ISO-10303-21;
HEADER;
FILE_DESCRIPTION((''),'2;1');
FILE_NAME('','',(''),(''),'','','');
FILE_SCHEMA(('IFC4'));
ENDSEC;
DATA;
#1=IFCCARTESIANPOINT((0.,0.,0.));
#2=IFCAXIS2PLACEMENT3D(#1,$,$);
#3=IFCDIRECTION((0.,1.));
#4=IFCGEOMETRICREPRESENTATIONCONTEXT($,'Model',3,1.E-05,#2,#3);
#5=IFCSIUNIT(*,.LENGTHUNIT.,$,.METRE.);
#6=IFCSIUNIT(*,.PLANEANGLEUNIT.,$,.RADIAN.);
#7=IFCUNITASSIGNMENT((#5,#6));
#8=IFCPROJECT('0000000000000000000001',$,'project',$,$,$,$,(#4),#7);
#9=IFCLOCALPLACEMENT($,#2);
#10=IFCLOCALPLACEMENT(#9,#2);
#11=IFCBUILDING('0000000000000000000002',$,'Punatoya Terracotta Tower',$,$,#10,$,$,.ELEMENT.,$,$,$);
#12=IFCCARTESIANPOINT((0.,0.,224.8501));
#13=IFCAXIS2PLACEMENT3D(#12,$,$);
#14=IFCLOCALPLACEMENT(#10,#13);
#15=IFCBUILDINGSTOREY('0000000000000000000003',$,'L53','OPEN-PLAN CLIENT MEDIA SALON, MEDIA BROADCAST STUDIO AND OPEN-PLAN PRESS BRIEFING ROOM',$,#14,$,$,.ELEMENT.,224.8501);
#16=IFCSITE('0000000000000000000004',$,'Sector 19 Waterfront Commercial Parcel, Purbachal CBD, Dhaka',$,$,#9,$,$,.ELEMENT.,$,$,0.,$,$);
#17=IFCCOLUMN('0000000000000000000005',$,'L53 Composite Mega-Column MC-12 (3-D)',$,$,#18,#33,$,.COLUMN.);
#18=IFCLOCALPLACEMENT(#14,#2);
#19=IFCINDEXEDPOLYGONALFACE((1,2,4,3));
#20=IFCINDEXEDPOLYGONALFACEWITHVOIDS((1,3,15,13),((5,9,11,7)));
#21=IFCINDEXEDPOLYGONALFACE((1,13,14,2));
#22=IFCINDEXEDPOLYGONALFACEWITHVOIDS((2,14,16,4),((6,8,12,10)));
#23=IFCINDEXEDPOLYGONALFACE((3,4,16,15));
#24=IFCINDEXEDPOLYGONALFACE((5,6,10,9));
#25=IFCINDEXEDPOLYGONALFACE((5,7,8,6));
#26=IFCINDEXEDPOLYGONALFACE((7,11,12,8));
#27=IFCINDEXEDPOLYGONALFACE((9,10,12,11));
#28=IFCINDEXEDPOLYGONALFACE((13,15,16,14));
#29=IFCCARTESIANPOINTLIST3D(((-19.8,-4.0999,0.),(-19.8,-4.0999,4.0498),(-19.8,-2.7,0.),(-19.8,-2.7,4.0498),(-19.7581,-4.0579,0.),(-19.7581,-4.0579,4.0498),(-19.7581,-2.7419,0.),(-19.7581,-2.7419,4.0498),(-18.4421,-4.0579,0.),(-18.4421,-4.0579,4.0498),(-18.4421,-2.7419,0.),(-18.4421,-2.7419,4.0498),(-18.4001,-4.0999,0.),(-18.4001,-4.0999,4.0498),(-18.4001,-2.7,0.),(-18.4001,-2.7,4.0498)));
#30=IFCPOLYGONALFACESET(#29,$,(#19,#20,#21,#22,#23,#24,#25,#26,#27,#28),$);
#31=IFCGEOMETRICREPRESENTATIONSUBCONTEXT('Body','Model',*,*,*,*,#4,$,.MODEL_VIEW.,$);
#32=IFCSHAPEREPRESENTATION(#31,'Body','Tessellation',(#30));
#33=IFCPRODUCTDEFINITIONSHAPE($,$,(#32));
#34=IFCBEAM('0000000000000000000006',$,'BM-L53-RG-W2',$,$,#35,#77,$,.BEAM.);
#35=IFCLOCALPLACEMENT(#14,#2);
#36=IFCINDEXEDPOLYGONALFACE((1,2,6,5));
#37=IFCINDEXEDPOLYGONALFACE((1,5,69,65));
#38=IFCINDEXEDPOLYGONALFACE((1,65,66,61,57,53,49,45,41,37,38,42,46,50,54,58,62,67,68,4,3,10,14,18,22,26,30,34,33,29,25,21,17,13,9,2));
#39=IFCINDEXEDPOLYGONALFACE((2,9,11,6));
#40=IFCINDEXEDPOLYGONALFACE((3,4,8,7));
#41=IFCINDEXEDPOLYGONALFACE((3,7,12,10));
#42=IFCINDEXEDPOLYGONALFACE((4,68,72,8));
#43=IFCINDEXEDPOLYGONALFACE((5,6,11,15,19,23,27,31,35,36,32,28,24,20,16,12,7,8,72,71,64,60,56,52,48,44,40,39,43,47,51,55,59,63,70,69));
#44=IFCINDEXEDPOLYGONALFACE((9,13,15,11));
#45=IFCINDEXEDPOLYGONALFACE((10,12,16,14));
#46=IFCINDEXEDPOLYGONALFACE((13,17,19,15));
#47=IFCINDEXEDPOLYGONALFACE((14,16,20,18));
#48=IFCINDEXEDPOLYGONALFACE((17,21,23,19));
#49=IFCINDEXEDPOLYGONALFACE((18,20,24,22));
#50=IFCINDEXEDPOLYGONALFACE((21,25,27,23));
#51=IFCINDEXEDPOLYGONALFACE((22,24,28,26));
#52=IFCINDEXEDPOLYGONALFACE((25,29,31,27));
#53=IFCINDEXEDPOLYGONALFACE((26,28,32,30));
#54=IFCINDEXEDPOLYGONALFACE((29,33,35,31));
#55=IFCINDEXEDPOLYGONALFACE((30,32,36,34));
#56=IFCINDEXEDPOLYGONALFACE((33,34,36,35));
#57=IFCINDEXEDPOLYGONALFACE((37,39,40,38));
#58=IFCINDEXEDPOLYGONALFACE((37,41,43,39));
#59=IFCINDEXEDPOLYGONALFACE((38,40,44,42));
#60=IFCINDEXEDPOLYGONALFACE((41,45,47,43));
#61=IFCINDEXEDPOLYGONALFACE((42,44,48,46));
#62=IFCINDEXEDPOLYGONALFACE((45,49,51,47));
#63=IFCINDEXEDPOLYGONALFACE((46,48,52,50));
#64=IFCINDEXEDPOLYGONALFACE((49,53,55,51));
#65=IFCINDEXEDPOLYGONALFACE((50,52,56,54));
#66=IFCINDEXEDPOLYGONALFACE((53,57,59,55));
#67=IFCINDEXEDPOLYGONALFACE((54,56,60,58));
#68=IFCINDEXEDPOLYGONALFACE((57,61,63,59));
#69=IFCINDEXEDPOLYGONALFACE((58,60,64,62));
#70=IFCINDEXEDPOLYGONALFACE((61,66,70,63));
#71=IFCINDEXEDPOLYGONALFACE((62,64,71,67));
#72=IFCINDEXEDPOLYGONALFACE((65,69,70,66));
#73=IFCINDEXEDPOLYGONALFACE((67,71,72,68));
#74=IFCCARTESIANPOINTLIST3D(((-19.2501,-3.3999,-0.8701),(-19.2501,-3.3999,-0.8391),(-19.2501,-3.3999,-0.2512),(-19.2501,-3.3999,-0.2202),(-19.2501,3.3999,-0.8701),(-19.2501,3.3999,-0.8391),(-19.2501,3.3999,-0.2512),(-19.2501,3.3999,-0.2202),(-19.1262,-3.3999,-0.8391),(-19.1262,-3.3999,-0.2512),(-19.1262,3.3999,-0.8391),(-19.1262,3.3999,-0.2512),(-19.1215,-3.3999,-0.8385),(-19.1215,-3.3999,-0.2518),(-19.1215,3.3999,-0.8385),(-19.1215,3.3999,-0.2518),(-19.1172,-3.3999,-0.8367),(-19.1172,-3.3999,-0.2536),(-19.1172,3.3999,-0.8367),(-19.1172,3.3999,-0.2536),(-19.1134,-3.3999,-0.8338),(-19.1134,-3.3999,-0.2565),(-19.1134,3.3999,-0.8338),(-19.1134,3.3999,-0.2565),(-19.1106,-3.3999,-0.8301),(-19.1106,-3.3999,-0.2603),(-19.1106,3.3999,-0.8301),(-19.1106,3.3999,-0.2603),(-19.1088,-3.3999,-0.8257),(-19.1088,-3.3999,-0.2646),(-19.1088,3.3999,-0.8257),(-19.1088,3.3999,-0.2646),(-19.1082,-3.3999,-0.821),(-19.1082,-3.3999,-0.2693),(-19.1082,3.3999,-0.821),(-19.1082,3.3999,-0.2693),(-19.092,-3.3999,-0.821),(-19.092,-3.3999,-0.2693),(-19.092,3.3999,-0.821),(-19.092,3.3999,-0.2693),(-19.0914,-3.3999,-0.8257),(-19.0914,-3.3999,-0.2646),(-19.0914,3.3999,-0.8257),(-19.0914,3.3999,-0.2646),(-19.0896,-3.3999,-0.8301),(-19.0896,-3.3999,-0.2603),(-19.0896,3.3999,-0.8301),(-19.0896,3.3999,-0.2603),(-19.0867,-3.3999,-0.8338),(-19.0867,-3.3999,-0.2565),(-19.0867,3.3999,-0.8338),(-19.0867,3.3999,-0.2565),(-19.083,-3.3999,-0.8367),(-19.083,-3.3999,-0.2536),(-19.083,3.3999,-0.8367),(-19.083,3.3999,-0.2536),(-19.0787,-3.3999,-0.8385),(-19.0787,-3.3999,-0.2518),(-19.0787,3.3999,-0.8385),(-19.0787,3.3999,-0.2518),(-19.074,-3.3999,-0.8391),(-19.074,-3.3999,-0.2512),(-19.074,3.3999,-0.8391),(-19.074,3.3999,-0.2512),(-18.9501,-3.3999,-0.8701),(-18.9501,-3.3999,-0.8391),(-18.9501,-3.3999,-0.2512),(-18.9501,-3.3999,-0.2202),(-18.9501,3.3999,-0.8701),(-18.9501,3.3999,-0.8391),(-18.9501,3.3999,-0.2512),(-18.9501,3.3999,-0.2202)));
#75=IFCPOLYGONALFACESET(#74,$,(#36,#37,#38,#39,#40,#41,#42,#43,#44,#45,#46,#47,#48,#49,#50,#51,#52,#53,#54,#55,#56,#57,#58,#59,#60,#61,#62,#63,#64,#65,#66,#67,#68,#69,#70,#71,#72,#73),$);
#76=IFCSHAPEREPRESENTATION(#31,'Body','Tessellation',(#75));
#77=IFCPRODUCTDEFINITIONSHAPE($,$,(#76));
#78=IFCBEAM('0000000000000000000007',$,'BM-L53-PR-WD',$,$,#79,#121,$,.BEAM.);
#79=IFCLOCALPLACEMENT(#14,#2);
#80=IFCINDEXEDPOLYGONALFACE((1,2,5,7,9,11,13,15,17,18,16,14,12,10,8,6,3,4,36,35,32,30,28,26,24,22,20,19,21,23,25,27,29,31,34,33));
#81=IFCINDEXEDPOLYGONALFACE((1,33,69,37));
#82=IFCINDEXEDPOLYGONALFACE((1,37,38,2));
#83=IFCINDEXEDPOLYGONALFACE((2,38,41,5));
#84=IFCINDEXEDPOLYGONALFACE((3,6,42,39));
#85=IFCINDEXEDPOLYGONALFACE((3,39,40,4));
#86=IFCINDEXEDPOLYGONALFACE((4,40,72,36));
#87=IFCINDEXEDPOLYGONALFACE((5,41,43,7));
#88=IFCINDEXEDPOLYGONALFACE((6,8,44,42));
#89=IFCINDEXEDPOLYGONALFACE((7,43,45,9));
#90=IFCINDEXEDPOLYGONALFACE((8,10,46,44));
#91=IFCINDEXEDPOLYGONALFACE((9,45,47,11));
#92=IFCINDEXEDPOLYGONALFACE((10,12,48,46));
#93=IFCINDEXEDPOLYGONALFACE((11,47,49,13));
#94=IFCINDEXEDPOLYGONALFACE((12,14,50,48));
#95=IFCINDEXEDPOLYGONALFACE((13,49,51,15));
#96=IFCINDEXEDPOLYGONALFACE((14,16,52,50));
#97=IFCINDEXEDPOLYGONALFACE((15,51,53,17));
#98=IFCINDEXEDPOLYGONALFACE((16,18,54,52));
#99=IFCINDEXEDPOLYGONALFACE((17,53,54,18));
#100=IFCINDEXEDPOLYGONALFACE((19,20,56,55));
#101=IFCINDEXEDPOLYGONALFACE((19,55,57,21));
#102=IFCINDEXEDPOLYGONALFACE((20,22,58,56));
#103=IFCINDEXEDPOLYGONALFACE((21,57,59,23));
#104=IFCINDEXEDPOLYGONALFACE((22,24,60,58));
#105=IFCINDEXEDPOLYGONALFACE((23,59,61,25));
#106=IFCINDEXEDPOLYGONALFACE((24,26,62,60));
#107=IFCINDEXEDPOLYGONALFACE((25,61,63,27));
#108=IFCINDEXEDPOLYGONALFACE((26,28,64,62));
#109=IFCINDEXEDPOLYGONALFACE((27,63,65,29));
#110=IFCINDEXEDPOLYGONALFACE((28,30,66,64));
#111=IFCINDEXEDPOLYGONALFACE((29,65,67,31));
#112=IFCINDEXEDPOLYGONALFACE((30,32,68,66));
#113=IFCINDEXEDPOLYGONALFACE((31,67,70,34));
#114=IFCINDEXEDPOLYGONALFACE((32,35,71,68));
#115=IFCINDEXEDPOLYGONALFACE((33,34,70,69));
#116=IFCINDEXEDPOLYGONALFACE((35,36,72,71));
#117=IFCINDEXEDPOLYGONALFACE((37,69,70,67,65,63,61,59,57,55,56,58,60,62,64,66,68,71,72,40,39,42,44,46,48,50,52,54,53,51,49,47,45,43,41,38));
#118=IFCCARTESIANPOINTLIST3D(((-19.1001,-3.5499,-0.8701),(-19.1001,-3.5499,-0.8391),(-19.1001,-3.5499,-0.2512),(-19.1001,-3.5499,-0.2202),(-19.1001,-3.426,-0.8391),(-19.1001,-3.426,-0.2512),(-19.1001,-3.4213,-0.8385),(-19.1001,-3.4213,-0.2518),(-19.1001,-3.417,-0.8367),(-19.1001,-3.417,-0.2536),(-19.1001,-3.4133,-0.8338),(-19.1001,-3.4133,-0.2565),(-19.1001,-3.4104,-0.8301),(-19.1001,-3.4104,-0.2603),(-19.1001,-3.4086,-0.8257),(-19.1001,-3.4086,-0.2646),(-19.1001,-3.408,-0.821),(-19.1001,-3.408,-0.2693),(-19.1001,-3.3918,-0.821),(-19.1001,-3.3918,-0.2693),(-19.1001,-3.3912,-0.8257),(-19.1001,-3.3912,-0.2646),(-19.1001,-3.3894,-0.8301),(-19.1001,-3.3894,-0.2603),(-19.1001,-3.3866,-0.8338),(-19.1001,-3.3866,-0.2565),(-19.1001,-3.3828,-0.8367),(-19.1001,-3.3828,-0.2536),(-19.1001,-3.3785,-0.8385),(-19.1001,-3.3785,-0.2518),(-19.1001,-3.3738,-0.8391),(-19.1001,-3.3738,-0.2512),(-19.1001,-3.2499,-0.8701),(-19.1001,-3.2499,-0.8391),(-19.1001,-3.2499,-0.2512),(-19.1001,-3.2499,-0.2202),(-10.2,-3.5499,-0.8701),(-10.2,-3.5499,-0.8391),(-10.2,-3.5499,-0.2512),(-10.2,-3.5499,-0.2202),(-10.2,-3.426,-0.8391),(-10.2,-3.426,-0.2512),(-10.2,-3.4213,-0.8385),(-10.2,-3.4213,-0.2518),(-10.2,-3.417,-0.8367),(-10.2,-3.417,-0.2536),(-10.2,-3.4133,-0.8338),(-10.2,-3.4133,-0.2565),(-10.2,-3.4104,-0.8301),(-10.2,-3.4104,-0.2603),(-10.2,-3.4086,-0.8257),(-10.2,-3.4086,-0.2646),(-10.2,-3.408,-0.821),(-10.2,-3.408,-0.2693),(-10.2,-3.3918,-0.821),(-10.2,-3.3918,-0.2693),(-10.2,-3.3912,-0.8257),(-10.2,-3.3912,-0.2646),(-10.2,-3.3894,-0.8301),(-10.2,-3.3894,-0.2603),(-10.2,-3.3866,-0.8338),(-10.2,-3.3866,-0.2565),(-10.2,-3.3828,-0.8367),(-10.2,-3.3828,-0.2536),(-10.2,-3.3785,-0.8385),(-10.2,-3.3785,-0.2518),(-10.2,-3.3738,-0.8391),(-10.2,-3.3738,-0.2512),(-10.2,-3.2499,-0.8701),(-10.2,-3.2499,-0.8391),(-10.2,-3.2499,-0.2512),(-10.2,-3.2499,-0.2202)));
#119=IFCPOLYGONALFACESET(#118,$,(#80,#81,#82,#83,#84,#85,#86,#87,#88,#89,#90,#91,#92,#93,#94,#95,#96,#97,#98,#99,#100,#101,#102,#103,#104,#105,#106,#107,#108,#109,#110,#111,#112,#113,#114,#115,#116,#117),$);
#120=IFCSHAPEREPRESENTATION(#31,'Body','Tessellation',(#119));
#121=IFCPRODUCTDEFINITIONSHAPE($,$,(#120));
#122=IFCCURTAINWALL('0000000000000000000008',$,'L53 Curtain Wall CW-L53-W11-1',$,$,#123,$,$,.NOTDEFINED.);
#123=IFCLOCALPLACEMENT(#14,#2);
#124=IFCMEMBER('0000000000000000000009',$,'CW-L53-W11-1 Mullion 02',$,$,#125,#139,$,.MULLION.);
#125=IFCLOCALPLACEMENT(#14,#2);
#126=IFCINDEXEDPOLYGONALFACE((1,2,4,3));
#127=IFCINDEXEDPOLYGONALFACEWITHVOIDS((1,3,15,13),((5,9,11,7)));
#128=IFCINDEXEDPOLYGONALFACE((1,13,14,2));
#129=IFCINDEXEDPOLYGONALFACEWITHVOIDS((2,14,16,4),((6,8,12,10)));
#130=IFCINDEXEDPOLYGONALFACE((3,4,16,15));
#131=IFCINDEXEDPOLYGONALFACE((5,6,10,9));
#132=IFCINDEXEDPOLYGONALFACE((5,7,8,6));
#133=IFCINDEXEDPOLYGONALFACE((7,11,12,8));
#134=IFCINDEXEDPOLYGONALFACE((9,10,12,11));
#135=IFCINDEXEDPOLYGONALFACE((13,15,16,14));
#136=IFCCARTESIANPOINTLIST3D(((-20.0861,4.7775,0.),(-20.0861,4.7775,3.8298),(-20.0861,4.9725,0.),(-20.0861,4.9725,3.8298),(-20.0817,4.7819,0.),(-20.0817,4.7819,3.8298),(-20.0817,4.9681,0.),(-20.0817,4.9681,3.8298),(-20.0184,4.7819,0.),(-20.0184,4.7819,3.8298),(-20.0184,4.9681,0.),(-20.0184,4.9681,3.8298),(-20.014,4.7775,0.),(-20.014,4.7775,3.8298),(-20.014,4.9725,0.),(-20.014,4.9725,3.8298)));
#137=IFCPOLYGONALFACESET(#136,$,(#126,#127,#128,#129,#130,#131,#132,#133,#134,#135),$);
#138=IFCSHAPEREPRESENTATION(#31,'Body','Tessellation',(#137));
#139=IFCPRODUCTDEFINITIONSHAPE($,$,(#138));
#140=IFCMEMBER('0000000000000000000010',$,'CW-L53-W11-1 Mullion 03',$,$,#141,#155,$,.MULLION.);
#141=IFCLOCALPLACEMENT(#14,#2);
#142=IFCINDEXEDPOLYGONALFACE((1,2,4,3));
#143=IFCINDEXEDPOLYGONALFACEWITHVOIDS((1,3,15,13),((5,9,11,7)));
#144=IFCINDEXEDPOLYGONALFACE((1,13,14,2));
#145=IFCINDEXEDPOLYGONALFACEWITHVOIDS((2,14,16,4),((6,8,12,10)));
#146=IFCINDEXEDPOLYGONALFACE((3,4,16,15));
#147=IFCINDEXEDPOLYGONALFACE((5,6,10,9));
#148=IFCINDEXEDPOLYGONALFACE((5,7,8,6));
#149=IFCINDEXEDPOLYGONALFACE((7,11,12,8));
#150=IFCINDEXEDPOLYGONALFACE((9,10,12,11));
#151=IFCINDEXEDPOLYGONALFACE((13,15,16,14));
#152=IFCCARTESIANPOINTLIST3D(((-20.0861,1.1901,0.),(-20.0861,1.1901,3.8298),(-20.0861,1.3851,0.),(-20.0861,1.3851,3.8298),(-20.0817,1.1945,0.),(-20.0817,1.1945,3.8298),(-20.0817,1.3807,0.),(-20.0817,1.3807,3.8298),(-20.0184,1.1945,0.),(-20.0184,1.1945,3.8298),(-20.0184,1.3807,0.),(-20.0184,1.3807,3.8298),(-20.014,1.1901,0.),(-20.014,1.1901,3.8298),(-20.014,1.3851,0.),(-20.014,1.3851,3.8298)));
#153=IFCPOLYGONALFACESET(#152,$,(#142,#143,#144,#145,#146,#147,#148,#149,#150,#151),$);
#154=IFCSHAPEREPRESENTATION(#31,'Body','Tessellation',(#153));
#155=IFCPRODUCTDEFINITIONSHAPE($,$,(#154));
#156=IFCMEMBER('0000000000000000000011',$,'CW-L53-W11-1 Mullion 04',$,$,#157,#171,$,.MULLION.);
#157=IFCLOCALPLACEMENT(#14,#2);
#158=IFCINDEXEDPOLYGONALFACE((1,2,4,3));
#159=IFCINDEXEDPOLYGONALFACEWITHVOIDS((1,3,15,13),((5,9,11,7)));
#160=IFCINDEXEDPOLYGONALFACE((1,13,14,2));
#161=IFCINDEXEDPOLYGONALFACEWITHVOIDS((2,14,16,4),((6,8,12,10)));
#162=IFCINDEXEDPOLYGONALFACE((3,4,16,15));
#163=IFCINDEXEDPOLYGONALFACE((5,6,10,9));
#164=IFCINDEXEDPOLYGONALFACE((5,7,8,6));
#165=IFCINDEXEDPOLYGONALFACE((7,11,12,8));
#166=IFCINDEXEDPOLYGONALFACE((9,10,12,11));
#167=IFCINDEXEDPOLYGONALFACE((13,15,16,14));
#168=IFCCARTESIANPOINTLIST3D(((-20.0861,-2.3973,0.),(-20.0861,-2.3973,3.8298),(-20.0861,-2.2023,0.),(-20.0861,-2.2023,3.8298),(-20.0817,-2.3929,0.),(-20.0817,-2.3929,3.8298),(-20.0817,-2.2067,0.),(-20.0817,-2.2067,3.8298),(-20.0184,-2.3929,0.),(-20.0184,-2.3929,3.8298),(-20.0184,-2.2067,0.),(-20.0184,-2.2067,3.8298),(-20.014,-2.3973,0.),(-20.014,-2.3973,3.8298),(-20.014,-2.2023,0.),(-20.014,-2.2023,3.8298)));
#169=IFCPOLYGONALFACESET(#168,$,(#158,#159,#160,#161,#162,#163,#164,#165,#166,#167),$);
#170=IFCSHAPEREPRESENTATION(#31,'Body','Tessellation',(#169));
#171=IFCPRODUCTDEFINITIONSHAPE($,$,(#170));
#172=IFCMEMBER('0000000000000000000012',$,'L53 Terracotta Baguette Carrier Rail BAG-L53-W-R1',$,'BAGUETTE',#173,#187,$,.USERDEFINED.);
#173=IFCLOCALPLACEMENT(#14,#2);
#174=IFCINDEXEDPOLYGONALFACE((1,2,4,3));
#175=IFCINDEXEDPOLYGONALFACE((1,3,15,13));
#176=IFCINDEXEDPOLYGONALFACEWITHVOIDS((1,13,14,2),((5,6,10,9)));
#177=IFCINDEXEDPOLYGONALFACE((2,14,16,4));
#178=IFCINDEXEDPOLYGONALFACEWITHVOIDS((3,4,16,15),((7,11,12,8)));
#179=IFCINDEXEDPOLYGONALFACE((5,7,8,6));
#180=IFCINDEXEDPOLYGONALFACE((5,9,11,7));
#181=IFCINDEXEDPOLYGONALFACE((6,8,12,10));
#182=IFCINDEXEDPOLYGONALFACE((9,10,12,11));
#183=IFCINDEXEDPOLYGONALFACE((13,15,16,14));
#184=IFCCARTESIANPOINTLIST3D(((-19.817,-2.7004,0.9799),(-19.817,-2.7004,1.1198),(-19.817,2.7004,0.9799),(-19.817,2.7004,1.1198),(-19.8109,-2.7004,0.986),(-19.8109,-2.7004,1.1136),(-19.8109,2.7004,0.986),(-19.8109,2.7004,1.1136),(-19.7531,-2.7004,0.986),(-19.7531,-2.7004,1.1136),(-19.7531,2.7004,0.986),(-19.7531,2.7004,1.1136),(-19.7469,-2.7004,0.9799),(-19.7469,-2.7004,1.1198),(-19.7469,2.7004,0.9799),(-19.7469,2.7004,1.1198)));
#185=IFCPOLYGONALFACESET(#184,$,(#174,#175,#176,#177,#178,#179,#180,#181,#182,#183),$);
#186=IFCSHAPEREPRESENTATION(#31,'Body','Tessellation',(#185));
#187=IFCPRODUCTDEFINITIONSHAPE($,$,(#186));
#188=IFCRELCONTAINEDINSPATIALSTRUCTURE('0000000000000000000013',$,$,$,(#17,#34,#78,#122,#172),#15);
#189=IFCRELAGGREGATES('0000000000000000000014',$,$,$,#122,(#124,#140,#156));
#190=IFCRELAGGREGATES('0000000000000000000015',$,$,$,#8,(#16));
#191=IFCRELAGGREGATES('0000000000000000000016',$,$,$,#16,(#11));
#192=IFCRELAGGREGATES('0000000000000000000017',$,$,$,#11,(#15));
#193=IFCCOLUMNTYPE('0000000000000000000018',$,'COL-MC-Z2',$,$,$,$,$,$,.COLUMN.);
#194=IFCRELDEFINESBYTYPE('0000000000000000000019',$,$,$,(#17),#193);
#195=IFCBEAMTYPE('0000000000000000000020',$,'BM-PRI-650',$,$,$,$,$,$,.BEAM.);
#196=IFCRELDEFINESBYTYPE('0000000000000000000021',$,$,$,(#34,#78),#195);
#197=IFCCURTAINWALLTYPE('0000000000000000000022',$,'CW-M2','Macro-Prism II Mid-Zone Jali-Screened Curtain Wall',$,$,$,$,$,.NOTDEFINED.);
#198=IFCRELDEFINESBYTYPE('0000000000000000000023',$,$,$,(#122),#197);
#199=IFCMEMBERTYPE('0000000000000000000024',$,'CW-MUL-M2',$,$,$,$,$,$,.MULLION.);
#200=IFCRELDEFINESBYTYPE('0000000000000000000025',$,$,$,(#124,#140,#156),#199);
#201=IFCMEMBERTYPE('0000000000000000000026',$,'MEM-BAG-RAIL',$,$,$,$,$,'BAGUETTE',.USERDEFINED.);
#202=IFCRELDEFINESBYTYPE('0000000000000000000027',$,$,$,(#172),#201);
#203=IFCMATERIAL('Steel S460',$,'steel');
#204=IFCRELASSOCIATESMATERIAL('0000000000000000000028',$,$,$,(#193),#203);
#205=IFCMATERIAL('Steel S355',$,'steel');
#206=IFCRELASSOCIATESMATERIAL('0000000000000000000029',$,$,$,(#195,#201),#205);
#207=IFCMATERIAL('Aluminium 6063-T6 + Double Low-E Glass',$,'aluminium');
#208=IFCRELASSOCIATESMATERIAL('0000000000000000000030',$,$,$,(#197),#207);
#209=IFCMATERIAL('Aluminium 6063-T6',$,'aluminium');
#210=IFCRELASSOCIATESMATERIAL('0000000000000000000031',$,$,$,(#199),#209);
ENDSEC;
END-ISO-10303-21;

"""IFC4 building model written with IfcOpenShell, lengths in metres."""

from ifc_helpers import new_model, si_unit, direction, frame, origin, origin_2d, place, context, subcontext, project, spatial, hollow_rectangle, i_section, extrude, material, material_profile, profile_set, type_object, element, aggregate, save


model = new_model("IFC4")

# Units and contexts
model_context = context("Model", 3, precision=1e-05, world=origin(), true_north=direction((0.0, 1.0)))
body_context = subcontext(model_context, "Body", "Model", "MODEL_VIEW")
ifc_project = project(units=[si_unit("LENGTHUNIT", "METRE"), si_unit("PLANEANGLEUNIT", "RADIAN")], contexts=[model_context])

# Site, building, storey
site_placement = place(None, origin())
site = spatial("IfcSite", under=ifc_project, at=site_placement, Name="Sector 19 Waterfront Commercial Parcel, Purbachal CBD, Dhaka", CompositionType="ELEMENT", RefElevation=0.0)
building_placement = place(site_placement, origin())
building = spatial("IfcBuilding", under=site, at=building_placement, Name="Punatoya Terracotta Tower", CompositionType="ELEMENT")
storey_placement = place(building_placement, frame((0.0, 0.0, 224.8501)))
storey = spatial("IfcBuildingStorey", under=building, at=storey_placement, Name="L53", Description="OPEN-PLAN CLIENT MEDIA SALON, MEDIA BROADCAST STUDIO AND OPEN-PLAN PRESS BRIEFING ROOM", CompositionType="ELEMENT", Elevation=224.8501)

# Column
ifc_material_1 = material(Name="Steel S460", Category="steel")
ifc_material_profile_1 = material_profile(ifc_material_1, hollow_rectangle(XDim=1.3999, YDim=1.3999, WallThickness=0.042, at=origin_2d()))
ifc_profile_set_1 = profile_set([ifc_material_profile_1], Name="Steel S460")
column_type = type_object("IfcColumnType", Name="COL-MC-Z2", PredefinedType="COLUMN", material=ifc_profile_set_1)
column_placement = place(storey_placement, frame((-19.1001, -3.3999, 0.0), z_axis=(0.0, 0.0, 1.0), x_axis=(1.0, 0.0, 0.0)))
element("IfcColumn", 1, at=column_placement, inside=storey, type_object=column_type, Name="L53 Composite Mega-Column MC-12 (3-D)", PredefinedType="COLUMN", context=body_context, shape_type="SweptSolid", body=[
    extrude(hollow_rectangle(XDim=1.3999, YDim=1.3999, WallThickness=0.042, at=origin_2d()), origin(), (0.0, 0.0, 1.0), 4.0498),
])

# Beams
ifc_material_2 = material(Name="Steel S355", Category="steel")
ifc_material_profile_2 = material_profile(ifc_material_2, i_section(OverallWidth=0.3, OverallDepth=0.6499, WebThickness=0.0161, FlangeThickness=0.031, FilletRadius=0.0181, at=origin_2d()))
ifc_profile_set_2 = profile_set([ifc_material_profile_2], Name="Steel S355")
beam_type = type_object("IfcBeamType", Name="BM-PRI-650", PredefinedType="BEAM", material=ifc_profile_set_2)
beam_1_placement = place(storey_placement, frame((-19.1001, -3.3999, -0.5452), z_axis=(0.0, 1.0, 0.0), x_axis=(-1.0, 0.0, 0.0)))
element("IfcBeam", 2, at=beam_1_placement, inside=storey, type_object=beam_type, Name="BM-L53-RG-W2", PredefinedType="BEAM", context=body_context, shape_type="SweptSolid", body=[
    extrude(i_section(OverallWidth=0.3, OverallDepth=0.6499, WebThickness=0.0161, FlangeThickness=0.031, FilletRadius=0.0181, at=origin_2d()), origin(), (0.0, 0.0, 1.0), 6.7998),
])
beam_2_placement = place(storey_placement, frame((-19.1001, -3.3999, -0.5452), z_axis=(1.0, 0.0, 0.0), x_axis=(0.0, 1.0, 0.0)))
element("IfcBeam", 3, at=beam_2_placement, inside=storey, type_object=beam_type, Name="BM-L53-PR-WD", PredefinedType="BEAM", context=body_context, shape_type="SweptSolid", body=[
    extrude(i_section(OverallWidth=0.3, OverallDepth=0.6499, WebThickness=0.0161, FlangeThickness=0.031, FilletRadius=0.0181, at=origin_2d()), origin(), (0.0, 0.0, 1.0), 8.9001),
])

# Curtain wall, members
ifc_material_3 = material(Name="Aluminium 6063-T6 + Double Low-E Glass", Category="aluminium")
curtain_wall_type = type_object("IfcCurtainWallType", Name="CW-M2", Description="Macro-Prism II Mid-Zone Jali-Screened Curtain Wall", PredefinedType="NOTDEFINED", material=ifc_material_3)
curtain_wall_placement = place(storey_placement, origin())
curtain_wall = element("IfcCurtainWall", 4, at=curtain_wall_placement, inside=storey, type_object=curtain_wall_type, Name="L53 Curtain Wall CW-L53-W11-1", PredefinedType="NOTDEFINED")
ifc_material_4 = material(Name="Aluminium 6063-T6", Category="aluminium")
ifc_material_profile_3 = material_profile(ifc_material_4, hollow_rectangle(XDim=0.072, YDim=0.1951, WallThickness=0.0044, at=origin_2d()))
ifc_profile_set_3 = profile_set([ifc_material_profile_3], Name="Aluminium 6063-T6")
member_type_1 = type_object("IfcMemberType", Name="CW-MUL-M2", PredefinedType="MULLION", material=ifc_profile_set_3)
member_1_placement = place(storey_placement, frame((-20.05, 4.875, 0.0), z_axis=(0.0, 0.0, 1.0), x_axis=(1.0, 0.0, 0.0)))
member_1 = element("IfcMember", 5, at=member_1_placement, type_object=member_type_1, Name="CW-L53-W11-1 Mullion 02", PredefinedType="MULLION", context=body_context, shape_type="SweptSolid", body=[
    extrude(hollow_rectangle(XDim=0.072, YDim=0.1951, WallThickness=0.0044, at=origin_2d()), origin(), (0.0, 0.0, 1.0), 3.8298),
])
member_2_placement = place(storey_placement, frame((-20.05, 1.2876, 0.0), z_axis=(0.0, 0.0, 1.0), x_axis=(1.0, 0.0, 0.0)))
member_2 = element("IfcMember", 6, at=member_2_placement, type_object=member_type_1, Name="CW-L53-W11-1 Mullion 03", PredefinedType="MULLION", context=body_context, shape_type="SweptSolid", body=[
    extrude(hollow_rectangle(XDim=0.072, YDim=0.1951, WallThickness=0.0044, at=origin_2d()), origin(), (0.0, 0.0, 1.0), 3.8298),
])
member_3_placement = place(storey_placement, frame((-20.05, -2.2998, 0.0), z_axis=(0.0, 0.0, 1.0), x_axis=(1.0, 0.0, 0.0)))
member_3 = element("IfcMember", 7, at=member_3_placement, type_object=member_type_1, Name="CW-L53-W11-1 Mullion 04", PredefinedType="MULLION", context=body_context, shape_type="SweptSolid", body=[
    extrude(hollow_rectangle(XDim=0.072, YDim=0.1951, WallThickness=0.0044, at=origin_2d()), origin(), (0.0, 0.0, 1.0), 3.8298),
])

# Member
ifc_material_profile_4 = material_profile(ifc_material_2, hollow_rectangle(XDim=0.0701, YDim=0.1399, WallThickness=0.0061, at=origin_2d()))
ifc_profile_set_4 = profile_set([ifc_material_profile_4], Name="Steel S355")
member_type_2 = type_object("IfcMemberType", Name="MEM-BAG-RAIL", ElementType="BAGUETTE", PredefinedType="USERDEFINED", material=ifc_profile_set_4)
for number, where, z_axis, x_axis, name in (
    (8, (-19.782, -2.7004, 1.0498), (0.0, 1.0, 0.0), (-1.0, 0.0, 0.0), "L53 Terracotta Baguette Carrier Rail BAG-L53-W-R1"),
):
    element("IfcMember", number, at=place(storey_placement, frame(where, z_axis=z_axis, x_axis=x_axis)), inside=storey, type_object=member_type_2, Name=name, ObjectType="BAGUETTE", PredefinedType="USERDEFINED", context=body_context, shape_type="SweptSolid", body=[
        extrude(hollow_rectangle(XDim=0.0701, YDim=0.1399, WallThickness=0.0061, at=origin_2d()), origin(), (0.0, 0.0, 1.0), 5.4009),
    ])

aggregate(curtain_wall, [member_1, member_2, member_3])

save(model, "model.ifc")
